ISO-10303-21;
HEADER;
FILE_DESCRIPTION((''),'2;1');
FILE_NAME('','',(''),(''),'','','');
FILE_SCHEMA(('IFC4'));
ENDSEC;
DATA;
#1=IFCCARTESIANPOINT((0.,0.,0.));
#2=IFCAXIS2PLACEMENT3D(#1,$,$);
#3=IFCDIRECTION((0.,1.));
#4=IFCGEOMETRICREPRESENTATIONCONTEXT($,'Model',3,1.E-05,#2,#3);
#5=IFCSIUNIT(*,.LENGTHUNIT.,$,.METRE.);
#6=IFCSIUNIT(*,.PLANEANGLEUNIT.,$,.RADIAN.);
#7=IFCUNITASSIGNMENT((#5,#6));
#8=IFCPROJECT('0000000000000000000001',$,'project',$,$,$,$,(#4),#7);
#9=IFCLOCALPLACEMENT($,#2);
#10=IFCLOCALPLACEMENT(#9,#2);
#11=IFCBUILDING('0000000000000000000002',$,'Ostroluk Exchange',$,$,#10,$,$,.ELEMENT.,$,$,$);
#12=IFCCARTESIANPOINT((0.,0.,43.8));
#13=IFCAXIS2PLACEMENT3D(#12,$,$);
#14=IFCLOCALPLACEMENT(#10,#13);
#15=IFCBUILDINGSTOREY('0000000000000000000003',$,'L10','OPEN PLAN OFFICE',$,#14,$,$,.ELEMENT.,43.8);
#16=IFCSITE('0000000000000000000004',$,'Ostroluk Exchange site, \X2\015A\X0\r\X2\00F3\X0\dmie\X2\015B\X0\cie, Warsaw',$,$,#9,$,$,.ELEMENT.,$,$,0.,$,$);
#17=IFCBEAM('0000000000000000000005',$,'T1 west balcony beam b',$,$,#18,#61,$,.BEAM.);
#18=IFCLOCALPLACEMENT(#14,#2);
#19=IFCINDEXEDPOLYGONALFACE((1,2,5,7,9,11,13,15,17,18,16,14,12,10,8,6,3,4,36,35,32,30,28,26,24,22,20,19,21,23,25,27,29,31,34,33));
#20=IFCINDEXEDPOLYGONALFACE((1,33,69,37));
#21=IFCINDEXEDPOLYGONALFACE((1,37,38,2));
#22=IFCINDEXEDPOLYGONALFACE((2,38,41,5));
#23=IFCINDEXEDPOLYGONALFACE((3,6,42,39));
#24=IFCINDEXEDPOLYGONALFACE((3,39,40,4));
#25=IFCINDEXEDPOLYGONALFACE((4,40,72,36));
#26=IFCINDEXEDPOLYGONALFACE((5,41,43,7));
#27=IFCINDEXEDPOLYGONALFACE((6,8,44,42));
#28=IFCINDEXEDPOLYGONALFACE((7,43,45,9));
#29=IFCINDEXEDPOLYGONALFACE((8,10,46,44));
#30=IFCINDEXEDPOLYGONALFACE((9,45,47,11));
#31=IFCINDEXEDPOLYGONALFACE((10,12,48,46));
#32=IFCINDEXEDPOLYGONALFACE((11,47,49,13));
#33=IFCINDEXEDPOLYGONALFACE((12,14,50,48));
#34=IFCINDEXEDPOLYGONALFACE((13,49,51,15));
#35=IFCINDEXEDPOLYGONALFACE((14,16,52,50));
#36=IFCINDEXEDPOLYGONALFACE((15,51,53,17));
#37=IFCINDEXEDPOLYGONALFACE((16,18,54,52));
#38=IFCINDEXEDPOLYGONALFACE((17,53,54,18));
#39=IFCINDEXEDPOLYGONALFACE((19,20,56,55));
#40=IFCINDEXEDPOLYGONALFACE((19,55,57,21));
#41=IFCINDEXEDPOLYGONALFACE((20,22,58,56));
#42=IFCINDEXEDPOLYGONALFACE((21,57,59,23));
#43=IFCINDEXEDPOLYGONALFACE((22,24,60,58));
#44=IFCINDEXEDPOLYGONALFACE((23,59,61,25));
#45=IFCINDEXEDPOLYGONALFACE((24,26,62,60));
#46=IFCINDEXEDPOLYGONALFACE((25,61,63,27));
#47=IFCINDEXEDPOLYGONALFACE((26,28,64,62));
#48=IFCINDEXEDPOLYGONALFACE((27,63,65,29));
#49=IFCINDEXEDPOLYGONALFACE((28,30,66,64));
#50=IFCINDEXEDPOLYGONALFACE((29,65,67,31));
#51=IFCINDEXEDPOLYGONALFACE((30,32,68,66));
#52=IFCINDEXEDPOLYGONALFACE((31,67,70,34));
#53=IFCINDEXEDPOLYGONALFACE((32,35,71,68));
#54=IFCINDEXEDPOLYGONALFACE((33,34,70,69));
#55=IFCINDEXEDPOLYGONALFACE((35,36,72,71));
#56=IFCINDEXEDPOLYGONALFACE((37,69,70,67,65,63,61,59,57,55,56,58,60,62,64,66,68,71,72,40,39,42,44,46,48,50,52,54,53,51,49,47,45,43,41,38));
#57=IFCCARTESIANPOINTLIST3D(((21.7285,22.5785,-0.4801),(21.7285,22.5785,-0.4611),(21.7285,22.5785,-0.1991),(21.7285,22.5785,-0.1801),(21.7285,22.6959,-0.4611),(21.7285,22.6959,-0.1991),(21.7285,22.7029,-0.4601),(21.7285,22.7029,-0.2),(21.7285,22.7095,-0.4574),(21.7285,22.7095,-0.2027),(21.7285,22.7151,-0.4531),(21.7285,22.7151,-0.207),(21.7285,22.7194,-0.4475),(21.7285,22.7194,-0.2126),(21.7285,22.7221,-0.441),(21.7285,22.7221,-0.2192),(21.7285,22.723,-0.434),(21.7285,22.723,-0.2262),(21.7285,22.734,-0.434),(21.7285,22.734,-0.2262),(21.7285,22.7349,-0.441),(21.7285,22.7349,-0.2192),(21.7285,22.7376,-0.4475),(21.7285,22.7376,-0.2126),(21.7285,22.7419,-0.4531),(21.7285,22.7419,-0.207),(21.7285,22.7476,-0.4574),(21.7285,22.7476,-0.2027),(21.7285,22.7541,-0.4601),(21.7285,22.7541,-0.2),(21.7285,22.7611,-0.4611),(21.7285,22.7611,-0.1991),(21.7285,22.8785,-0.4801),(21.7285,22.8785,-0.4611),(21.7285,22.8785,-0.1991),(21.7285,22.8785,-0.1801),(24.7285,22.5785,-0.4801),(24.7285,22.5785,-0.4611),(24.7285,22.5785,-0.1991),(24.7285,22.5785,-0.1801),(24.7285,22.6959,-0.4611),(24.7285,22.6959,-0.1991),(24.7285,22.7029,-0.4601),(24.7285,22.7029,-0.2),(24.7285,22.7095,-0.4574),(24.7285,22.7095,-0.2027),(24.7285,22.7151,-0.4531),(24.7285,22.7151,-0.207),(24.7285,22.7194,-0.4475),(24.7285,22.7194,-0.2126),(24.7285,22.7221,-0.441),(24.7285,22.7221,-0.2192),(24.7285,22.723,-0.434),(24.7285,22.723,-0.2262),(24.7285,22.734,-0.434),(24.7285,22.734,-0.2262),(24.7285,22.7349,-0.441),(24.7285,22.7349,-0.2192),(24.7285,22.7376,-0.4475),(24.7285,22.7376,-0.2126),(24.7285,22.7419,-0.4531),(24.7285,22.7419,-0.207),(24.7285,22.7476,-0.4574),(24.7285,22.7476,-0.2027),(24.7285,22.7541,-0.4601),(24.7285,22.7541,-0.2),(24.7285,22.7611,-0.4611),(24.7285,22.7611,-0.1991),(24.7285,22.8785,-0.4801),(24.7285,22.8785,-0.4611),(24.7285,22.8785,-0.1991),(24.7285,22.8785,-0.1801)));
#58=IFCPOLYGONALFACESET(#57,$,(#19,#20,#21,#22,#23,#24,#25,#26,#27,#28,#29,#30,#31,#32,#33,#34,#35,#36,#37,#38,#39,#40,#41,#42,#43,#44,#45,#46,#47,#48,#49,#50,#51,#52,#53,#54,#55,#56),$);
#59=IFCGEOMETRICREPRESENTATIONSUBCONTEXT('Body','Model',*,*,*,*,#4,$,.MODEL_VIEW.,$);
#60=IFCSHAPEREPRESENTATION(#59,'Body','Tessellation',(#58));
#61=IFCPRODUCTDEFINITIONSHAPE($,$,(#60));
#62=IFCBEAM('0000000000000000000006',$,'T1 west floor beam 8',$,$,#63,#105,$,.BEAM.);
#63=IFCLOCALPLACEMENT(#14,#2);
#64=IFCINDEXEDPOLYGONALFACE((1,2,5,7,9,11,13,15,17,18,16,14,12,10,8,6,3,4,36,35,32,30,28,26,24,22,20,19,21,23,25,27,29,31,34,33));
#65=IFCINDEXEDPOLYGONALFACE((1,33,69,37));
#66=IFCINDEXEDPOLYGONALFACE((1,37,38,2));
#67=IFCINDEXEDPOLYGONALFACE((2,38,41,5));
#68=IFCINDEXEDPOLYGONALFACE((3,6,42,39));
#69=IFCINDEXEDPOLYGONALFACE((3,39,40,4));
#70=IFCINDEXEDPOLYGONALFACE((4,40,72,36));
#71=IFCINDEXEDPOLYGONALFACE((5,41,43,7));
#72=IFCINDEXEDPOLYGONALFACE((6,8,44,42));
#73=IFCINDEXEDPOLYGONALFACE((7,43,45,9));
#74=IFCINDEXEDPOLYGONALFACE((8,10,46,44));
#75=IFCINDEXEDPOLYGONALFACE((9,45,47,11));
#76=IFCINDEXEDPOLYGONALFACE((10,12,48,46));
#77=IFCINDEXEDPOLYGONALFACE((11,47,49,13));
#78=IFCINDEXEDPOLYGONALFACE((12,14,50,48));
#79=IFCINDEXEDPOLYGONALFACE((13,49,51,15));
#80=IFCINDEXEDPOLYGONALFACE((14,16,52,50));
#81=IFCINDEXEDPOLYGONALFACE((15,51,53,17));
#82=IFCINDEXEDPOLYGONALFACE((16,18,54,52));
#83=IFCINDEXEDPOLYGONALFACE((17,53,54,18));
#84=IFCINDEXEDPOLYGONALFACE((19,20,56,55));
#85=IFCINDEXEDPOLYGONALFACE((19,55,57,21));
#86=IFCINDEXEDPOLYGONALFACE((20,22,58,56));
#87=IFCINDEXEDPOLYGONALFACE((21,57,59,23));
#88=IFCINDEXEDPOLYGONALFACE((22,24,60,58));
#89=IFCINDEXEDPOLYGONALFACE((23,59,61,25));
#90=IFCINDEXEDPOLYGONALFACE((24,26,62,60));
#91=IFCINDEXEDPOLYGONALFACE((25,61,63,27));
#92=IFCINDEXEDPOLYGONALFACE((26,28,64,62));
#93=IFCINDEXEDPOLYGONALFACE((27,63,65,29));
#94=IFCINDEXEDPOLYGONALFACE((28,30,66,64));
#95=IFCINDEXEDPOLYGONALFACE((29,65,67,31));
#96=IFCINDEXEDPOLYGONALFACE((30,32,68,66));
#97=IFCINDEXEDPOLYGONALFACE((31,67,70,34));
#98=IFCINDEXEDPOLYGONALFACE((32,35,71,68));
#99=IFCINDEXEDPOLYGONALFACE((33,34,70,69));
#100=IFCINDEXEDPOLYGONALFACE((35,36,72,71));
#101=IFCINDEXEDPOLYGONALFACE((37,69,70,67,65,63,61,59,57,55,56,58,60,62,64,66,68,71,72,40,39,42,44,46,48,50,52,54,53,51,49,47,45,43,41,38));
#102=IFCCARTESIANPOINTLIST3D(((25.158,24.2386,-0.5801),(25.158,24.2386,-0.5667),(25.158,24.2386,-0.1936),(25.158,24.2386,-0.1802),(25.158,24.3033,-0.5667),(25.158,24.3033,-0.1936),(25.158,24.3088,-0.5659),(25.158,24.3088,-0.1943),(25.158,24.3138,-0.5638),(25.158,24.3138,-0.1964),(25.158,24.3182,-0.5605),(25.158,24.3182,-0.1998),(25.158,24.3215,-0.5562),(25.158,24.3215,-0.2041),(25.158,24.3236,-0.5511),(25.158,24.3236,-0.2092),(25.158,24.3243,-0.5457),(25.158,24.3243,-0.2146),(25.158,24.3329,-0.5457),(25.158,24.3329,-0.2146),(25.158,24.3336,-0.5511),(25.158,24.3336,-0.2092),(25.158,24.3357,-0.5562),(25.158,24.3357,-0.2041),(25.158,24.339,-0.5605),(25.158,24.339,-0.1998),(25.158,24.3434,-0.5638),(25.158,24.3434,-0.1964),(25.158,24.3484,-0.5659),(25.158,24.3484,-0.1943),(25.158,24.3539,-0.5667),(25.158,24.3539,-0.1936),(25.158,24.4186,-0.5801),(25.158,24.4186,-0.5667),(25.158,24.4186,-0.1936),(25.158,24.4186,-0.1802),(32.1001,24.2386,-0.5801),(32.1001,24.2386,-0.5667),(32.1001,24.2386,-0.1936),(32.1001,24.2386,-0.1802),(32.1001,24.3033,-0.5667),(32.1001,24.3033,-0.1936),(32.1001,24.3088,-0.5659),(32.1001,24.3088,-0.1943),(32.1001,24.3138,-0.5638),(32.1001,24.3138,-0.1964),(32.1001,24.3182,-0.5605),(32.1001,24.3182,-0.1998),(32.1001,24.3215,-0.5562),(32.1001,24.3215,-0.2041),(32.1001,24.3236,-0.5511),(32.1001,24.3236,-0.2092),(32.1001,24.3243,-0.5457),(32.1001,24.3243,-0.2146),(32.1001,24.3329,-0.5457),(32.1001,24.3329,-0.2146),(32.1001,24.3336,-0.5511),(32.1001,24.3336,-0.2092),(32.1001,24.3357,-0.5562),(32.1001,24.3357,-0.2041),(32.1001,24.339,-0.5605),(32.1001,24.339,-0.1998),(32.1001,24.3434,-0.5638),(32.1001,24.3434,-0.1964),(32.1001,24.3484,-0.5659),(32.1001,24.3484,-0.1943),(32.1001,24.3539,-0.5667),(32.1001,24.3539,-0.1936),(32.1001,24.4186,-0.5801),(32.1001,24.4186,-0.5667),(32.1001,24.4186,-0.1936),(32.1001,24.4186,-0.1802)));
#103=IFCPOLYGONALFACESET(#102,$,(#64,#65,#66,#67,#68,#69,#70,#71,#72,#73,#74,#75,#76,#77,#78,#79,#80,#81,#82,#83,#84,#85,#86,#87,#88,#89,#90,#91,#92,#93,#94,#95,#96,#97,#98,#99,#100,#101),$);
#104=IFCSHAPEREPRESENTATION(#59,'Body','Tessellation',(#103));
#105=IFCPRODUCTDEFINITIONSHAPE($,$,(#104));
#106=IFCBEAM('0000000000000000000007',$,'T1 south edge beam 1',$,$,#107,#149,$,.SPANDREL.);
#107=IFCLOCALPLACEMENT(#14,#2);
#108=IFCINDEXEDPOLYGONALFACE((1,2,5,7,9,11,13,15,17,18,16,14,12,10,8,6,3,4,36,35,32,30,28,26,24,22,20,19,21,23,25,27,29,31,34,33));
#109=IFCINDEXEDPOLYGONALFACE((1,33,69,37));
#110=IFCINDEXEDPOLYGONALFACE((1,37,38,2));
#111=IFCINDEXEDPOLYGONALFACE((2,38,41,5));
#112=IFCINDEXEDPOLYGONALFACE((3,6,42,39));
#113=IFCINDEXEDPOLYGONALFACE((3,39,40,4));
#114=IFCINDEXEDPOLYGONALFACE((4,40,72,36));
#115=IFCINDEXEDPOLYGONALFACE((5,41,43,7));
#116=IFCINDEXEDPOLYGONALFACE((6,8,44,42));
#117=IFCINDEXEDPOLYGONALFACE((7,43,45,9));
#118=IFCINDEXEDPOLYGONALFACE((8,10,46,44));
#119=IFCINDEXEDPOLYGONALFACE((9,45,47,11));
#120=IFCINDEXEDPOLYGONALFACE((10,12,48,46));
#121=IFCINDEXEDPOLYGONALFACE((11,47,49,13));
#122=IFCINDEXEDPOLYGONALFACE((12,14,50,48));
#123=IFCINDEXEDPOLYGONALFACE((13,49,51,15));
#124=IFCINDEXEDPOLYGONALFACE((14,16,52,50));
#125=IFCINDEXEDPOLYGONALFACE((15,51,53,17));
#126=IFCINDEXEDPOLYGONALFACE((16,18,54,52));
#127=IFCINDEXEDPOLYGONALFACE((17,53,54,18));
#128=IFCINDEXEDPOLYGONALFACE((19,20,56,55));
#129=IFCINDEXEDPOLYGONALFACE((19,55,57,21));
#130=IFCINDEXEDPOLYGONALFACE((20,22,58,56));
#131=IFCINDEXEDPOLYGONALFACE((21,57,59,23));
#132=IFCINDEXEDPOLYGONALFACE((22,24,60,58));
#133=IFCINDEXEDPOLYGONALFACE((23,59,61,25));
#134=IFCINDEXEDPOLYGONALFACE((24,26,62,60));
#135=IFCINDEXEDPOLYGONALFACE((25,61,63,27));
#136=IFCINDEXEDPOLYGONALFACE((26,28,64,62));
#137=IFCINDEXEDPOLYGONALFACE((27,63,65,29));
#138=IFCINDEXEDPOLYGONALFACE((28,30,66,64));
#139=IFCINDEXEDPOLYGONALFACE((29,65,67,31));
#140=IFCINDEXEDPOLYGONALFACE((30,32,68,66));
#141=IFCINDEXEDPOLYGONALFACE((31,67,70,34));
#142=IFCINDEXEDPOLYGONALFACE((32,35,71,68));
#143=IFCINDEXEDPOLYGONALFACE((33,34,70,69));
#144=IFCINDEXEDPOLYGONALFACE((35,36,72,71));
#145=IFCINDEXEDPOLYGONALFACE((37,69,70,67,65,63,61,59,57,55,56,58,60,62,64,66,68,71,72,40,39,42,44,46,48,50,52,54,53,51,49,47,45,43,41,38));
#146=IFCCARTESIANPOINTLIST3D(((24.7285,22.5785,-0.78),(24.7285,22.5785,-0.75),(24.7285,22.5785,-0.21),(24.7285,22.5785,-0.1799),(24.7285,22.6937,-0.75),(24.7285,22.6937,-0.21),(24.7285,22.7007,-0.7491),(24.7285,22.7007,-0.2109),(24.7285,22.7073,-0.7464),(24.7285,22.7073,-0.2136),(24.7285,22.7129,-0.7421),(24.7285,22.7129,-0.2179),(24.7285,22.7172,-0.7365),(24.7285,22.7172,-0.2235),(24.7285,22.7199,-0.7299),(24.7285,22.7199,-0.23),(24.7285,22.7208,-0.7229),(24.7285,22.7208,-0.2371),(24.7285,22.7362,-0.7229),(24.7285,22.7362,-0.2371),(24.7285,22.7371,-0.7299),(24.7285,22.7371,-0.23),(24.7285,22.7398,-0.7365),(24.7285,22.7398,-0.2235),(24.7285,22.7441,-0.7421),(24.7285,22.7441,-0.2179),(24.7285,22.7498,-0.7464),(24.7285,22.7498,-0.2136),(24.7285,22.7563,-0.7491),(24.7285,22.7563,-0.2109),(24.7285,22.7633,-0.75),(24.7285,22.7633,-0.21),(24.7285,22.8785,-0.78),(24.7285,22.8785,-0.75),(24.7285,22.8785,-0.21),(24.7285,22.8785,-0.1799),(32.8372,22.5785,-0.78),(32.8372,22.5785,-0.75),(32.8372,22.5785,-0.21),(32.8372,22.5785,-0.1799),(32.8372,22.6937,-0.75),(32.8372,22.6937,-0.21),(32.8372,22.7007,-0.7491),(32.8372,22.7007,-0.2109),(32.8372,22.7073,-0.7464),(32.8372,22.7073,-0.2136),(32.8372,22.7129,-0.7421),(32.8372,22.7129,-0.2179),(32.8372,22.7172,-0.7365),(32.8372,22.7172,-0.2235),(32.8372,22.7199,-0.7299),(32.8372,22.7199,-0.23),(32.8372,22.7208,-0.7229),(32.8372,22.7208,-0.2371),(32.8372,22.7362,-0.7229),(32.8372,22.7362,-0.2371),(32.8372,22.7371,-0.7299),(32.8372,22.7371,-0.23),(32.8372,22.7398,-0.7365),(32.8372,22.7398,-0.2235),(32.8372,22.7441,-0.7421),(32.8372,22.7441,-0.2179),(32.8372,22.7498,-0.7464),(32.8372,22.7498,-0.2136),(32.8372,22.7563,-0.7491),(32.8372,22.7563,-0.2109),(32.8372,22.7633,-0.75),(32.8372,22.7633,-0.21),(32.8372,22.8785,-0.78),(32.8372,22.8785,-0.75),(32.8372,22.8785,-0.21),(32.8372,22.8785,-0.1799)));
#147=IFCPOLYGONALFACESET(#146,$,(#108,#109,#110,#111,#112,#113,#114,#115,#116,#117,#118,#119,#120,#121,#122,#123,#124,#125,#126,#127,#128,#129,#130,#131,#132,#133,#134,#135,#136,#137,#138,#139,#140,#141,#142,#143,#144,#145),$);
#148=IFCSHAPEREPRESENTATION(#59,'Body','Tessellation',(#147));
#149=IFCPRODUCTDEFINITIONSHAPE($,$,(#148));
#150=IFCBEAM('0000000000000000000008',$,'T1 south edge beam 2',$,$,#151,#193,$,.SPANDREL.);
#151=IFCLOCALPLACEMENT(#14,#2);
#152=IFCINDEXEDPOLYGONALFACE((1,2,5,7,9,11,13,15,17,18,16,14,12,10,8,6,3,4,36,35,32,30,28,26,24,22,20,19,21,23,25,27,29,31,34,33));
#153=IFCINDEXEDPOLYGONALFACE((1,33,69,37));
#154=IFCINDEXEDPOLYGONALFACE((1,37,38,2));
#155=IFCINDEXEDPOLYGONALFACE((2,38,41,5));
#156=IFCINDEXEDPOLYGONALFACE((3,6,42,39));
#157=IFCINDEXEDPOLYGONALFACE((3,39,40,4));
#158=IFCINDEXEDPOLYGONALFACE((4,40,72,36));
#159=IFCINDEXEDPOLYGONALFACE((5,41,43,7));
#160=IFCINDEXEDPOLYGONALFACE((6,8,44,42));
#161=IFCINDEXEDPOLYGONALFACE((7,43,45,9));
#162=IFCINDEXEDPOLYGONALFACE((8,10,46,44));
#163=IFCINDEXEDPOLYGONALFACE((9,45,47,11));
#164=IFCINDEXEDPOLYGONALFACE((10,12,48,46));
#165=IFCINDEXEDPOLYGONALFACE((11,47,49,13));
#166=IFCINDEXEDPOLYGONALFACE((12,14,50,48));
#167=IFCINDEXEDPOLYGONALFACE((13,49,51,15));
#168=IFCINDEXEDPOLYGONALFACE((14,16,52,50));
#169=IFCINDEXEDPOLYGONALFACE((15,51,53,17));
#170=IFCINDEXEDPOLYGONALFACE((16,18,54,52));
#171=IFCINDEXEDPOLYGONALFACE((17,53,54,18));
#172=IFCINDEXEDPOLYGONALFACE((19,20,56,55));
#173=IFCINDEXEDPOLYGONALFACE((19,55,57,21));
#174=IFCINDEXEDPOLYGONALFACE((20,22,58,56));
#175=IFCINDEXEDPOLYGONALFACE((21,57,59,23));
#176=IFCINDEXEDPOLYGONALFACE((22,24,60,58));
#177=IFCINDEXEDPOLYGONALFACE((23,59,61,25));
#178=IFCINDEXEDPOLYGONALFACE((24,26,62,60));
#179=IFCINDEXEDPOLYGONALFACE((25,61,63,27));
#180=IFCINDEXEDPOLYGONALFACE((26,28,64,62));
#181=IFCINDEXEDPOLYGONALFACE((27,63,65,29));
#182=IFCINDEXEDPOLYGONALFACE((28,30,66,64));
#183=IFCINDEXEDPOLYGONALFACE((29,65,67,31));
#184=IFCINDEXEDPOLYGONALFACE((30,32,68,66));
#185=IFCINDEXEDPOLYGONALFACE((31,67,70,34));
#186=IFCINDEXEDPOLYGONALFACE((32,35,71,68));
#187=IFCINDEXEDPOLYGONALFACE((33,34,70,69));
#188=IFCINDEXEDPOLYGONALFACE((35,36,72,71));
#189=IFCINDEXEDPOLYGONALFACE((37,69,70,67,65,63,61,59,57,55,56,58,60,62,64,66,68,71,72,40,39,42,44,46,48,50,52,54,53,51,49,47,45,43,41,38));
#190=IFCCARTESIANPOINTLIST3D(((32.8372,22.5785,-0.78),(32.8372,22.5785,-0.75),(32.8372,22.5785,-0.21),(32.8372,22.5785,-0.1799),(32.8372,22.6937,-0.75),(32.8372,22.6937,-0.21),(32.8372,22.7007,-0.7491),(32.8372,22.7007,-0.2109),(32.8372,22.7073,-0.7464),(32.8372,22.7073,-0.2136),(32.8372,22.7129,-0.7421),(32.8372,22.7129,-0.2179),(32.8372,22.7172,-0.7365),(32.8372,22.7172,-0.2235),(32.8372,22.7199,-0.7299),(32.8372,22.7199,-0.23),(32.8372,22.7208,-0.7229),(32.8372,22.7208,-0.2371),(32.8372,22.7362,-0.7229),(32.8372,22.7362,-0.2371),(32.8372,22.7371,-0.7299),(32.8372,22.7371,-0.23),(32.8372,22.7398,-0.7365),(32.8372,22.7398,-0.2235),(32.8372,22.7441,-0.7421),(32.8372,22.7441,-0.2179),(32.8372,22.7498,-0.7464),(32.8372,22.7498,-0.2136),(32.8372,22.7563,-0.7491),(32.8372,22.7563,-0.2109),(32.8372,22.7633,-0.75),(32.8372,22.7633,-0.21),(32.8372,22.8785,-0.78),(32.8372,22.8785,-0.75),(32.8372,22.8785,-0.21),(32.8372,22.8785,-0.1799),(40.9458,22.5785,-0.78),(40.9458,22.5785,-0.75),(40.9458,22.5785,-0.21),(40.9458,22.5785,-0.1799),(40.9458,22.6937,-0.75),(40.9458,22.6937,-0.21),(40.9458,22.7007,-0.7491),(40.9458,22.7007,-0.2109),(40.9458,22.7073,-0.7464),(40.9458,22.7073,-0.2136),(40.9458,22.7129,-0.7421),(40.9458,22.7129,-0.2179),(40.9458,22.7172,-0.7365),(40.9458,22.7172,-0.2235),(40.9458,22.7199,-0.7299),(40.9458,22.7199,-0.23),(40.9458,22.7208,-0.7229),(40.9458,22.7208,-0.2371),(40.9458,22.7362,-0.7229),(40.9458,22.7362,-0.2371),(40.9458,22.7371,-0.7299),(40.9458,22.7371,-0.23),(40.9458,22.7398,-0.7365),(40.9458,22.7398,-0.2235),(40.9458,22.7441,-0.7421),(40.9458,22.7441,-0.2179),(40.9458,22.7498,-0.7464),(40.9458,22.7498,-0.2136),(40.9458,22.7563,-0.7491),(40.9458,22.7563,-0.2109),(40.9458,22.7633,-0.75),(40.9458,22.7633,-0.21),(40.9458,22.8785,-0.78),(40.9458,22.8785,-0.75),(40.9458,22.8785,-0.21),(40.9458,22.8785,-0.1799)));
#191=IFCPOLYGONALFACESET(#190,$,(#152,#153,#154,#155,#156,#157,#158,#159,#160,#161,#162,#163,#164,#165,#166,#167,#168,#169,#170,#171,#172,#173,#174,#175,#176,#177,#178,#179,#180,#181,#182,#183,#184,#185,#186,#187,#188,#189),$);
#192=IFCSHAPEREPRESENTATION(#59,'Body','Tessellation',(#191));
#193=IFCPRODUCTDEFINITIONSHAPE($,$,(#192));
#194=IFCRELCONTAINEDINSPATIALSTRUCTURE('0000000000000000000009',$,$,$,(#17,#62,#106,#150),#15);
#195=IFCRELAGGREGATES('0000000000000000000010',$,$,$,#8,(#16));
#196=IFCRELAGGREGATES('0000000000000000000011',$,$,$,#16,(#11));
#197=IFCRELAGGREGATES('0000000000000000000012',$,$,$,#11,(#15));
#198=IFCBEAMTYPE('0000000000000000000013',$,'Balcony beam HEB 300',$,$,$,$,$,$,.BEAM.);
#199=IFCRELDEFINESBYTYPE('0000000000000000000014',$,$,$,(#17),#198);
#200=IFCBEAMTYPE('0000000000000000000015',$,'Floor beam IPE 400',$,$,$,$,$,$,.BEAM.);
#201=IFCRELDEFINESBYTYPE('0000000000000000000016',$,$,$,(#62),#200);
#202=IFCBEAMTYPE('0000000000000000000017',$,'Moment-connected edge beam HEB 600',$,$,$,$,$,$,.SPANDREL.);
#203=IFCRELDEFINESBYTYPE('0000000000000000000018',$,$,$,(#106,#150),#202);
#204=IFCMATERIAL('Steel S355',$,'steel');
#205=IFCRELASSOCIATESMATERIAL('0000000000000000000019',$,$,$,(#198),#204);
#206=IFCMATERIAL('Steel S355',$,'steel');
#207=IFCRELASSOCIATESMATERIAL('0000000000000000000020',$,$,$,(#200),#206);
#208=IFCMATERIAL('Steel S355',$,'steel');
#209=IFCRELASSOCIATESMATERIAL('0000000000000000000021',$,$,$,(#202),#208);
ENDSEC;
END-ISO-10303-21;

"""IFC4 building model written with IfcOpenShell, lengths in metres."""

from ifc_helpers import new_model, si_unit, direction, frame, origin, origin_2d, place, context, subcontext, project, spatial, i_section, extrude, material, material_profile, profile_set, type_object, element, save


model = new_model("IFC4")

# Units and contexts
model_context = context("Model", 3, precision=1e-05, world=origin(), true_north=direction((0.0, 1.0)))
body_context = subcontext(model_context, "Body", "Model", "MODEL_VIEW")
ifc_project = project(units=[si_unit("LENGTHUNIT", "METRE"), si_unit("PLANEANGLEUNIT", "RADIAN")], contexts=[model_context])

# Site, building, storey
site_placement = place(None, origin())
site = spatial("IfcSite", under=ifc_project, at=site_placement, Name="Ostroluk Exchange site, Śródmieście, Warsaw", CompositionType="ELEMENT", RefElevation=0.0)
building_placement = place(site_placement, origin())
building = spatial("IfcBuilding", under=site, at=building_placement, Name="Ostroluk Exchange", CompositionType="ELEMENT")
storey_placement = place(building_placement, frame((0.0, 0.0, 43.8)))
storey = spatial("IfcBuildingStorey", under=building, at=storey_placement, Name="L10", Description="OPEN PLAN OFFICE", CompositionType="ELEMENT", Elevation=43.8)

# Beams
ifc_material_1 = material(Name="Steel S355", Category="steel")
ifc_material_profile_1 = material_profile(ifc_material_1, i_section(OverallWidth=0.3, OverallDepth=0.3, WebThickness=0.011, FlangeThickness=0.019, FilletRadius=0.0271, at=origin_2d()), Name="HEB 300")
ifc_profile_set_1 = profile_set([ifc_material_profile_1], Name="Steel S355")
beam_type_1 = type_object("IfcBeamType", Name="Balcony beam HEB 300", PredefinedType="BEAM", material=ifc_profile_set_1)
beam_1_placement = place(storey_placement, frame((24.7285, 22.7285, -0.3301), z_axis=(-1.0, 0.0, 0.0), x_axis=(0.0, -1.0, 0.0)))
element("IfcBeam", 1, at=beam_1_placement, inside=storey, type_object=beam_type_1, Name="T1 west balcony beam b", PredefinedType="BEAM", context=body_context, shape_type="SweptSolid", body=[
    extrude(i_section(OverallWidth=0.3, OverallDepth=0.3, WebThickness=0.011, FlangeThickness=0.019, FilletRadius=0.0271, at=origin_2d()), origin(), (0.0, 0.0, 1.0), 3.0),
])
ifc_material_2 = material(Name="Steel S355", Category="steel")
ifc_material_profile_2 = material_profile(ifc_material_2, i_section(OverallWidth=0.1799, OverallDepth=0.3999, WebThickness=0.0085, FlangeThickness=0.0134, FilletRadius=0.021, at=origin_2d()), Name="IPE 400")
ifc_profile_set_2 = profile_set([ifc_material_profile_2], Name="Steel S355")
beam_type_2 = type_object("IfcBeamType", Name="Floor beam IPE 400", PredefinedType="BEAM", material=ifc_profile_set_2)
beam_2_placement = place(storey_placement, frame((32.1001, 24.3286, -0.3801), z_axis=(-1.0, 0.0, 0.0), x_axis=(0.0, -1.0, 0.0)))
element("IfcBeam", 2, at=beam_2_placement, inside=storey, type_object=beam_type_2, Name="T1 west floor beam 8", PredefinedType="BEAM", context=body_context, shape_type="SweptSolid", body=[
    extrude(i_section(OverallWidth=0.1799, OverallDepth=0.3999, WebThickness=0.0085, FlangeThickness=0.0134, FilletRadius=0.021, at=origin_2d()), origin(), (0.0, 0.0, 1.0), 6.9421),
])
ifc_material_3 = material(Name="Steel S355", Category="steel")
ifc_material_profile_3 = material_profile(ifc_material_3, i_section(OverallWidth=0.3, OverallDepth=0.6001, WebThickness=0.0154, FlangeThickness=0.03, FilletRadius=0.0271, at=origin_2d()), Name="HEB 600")
ifc_profile_set_3 = profile_set([ifc_material_profile_3], Name="Steel S355")
beam_type_3 = type_object("IfcBeamType", Name="Moment-connected edge beam HEB 600", PredefinedType="SPANDREL", material=ifc_profile_set_3)
for number, where, z_axis, x_axis, name in (
    (3, (24.7285, 22.7285, -0.48), (1.0, 0.0, 0.0), (0.0, 1.0, 0.0), "T1 south edge beam 1"),
    (4, (32.8372, 22.7285, -0.48), (1.0, 0.0, 0.0), (0.0, 1.0, 0.0), "T1 south edge beam 2"),
):
    element("IfcBeam", number, at=place(storey_placement, frame(where, z_axis=z_axis, x_axis=x_axis)), inside=storey, type_object=beam_type_3, Name=name, PredefinedType="SPANDREL", context=body_context, shape_type="SweptSolid", body=[
        extrude(i_section(OverallWidth=0.3, OverallDepth=0.6001, WebThickness=0.0154, FlangeThickness=0.03, FilletRadius=0.0271, at=origin_2d()), origin(), (0.0, 0.0, 1.0), 8.1086),
    ])

save(model, "model.ifc")
